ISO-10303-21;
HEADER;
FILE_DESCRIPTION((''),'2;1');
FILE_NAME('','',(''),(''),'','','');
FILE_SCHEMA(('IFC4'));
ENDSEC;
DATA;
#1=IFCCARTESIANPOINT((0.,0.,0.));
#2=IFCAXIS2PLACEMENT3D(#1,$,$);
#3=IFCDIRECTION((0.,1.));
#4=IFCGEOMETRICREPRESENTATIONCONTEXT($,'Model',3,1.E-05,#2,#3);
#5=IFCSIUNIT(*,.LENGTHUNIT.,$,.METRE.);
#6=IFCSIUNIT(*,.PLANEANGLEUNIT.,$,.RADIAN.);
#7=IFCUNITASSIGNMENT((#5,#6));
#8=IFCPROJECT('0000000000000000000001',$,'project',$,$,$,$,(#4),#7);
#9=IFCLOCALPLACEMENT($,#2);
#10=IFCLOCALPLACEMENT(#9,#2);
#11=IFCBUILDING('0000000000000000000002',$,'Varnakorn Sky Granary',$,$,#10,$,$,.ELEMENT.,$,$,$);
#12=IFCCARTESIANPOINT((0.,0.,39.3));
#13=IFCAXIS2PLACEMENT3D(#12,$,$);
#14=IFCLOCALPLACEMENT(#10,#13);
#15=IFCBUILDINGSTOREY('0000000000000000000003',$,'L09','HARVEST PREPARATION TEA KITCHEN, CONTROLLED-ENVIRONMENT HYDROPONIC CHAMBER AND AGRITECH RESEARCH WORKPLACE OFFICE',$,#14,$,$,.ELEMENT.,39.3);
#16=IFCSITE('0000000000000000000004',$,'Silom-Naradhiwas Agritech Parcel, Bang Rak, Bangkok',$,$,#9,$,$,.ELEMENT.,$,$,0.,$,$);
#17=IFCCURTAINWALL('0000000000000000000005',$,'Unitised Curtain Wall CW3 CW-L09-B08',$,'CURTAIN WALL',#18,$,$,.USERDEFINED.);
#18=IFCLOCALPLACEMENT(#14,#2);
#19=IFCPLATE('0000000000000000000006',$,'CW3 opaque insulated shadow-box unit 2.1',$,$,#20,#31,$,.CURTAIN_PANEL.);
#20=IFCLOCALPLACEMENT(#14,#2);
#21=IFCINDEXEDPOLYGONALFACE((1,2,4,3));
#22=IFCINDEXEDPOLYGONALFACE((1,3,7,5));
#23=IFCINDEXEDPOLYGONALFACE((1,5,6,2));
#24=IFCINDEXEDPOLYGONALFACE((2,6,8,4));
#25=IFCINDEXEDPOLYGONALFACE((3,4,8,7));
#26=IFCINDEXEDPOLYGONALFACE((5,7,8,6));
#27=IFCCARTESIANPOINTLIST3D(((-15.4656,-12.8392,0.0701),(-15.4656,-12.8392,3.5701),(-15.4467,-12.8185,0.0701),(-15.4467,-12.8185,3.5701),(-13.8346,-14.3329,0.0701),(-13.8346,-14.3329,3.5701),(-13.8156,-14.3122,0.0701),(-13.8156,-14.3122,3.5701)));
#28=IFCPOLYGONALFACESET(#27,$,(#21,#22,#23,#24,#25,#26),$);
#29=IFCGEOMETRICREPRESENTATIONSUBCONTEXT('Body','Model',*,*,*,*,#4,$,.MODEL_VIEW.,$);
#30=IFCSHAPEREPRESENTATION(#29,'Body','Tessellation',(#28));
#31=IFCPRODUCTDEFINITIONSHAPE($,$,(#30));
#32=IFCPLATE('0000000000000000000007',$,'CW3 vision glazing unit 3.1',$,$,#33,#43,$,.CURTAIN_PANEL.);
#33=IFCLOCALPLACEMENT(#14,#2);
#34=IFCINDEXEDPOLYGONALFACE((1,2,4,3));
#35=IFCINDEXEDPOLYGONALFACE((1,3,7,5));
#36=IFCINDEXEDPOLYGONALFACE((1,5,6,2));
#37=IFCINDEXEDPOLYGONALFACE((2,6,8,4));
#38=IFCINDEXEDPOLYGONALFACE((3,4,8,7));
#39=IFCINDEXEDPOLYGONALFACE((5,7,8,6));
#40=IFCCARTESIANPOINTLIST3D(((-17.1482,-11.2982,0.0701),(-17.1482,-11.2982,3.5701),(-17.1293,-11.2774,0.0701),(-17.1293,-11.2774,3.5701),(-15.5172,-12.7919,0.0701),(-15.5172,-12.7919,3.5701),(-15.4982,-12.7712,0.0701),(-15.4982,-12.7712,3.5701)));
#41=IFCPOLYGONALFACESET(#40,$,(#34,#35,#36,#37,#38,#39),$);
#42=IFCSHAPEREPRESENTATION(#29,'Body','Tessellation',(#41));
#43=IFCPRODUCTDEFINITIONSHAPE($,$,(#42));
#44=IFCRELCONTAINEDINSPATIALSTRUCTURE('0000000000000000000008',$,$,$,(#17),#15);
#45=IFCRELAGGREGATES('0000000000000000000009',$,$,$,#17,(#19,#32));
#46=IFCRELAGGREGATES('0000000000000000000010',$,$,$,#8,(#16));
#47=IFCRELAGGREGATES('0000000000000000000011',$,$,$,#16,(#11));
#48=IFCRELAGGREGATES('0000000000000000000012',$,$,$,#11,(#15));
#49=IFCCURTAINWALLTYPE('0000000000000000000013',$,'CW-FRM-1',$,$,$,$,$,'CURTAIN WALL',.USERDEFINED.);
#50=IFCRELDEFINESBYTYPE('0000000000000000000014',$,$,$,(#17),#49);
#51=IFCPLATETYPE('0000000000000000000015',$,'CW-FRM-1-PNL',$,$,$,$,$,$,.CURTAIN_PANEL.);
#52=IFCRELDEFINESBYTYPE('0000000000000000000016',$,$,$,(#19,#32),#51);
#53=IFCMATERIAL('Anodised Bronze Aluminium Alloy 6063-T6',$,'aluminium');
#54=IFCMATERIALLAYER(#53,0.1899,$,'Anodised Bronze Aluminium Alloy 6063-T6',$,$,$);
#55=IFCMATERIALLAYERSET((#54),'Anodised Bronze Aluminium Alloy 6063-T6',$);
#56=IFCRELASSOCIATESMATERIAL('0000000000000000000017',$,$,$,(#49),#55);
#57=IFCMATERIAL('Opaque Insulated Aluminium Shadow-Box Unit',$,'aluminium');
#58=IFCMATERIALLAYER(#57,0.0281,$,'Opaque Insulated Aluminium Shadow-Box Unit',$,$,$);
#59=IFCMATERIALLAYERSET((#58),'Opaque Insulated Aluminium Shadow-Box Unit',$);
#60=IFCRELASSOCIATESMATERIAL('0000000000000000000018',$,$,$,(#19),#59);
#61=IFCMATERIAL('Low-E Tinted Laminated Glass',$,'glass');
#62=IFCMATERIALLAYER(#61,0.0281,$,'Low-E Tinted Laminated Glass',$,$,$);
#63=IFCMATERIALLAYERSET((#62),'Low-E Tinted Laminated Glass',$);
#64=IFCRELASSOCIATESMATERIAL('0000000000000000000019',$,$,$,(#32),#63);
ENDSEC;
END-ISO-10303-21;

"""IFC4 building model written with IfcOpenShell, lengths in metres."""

from ifc_helpers import new_model, si_unit, direction, frame, origin, origin_2d, place, context, subcontext, project, spatial, rectangle, extrude, source, transform, mapped, material, layer, layer_set, type_object, element, aggregate, save


model = new_model("IFC4")

# Units and contexts
model_context = context("Model", 3, precision=1e-05, world=origin(), true_north=direction((0.0, 1.0)))
body_context = subcontext(model_context, "Body", "Model", "MODEL_VIEW")
ifc_project = project(units=[si_unit("LENGTHUNIT", "METRE"), si_unit("PLANEANGLEUNIT", "RADIAN")], contexts=[model_context])

# Site, building, storey
site_placement = place(None, origin())
site = spatial("IfcSite", under=ifc_project, at=site_placement, Name="Silom-Naradhiwas Agritech Parcel, Bang Rak, Bangkok", CompositionType="ELEMENT", RefElevation=0.0)
building_placement = place(site_placement, origin())
building = spatial("IfcBuilding", under=site, at=building_placement, Name="Varnakorn Sky Granary", CompositionType="ELEMENT")
storey_placement = place(building_placement, frame((0.0, 0.0, 39.3)))
storey = spatial("IfcBuildingStorey", under=building, at=storey_placement, Name="L09", Description="HARVEST PREPARATION TEA KITCHEN, CONTROLLED-ENVIRONMENT HYDROPONIC CHAMBER AND AGRITECH RESEARCH WORKPLACE OFFICE", CompositionType="ELEMENT", Elevation=39.3)

# Shared definitions
ifc_material_1 = material(Name="Anodised Bronze Aluminium Alloy 6063-T6", Category="aluminium")
ifc_layer_1 = layer(ifc_material_1, 0.1899, Name="Anodised Bronze Aluminium Alloy 6063-T6")
ifc_layer_set_1 = layer_set([ifc_layer_1], Name="Anodised Bronze Aluminium Alloy 6063-T6")
curtain_wall_type = type_object("IfcCurtainWallType", Name="CW-FRM-1", ElementType="CURTAIN WALL", PredefinedType="USERDEFINED", material=ifc_layer_set_1)

# Curtain wall
curtain_wall_1_placement = place(storey_placement, origin())
curtain_wall_1 = element("IfcCurtainWall", 1, at=curtain_wall_1_placement, inside=storey, type_object=curtain_wall_type, Name="Unitised Curtain Wall CW3 CW-L09-B08", ObjectType="CURTAIN WALL", PredefinedType="USERDEFINED")

# Plates
ifc_material_2 = material(Name="Low-E Tinted Laminated Glass", Category="glass")
ifc_layer_2 = layer(ifc_material_2, 0.0281, Name="Low-E Tinted Laminated Glass")
ifc_layer_set_2 = layer_set([ifc_layer_2], Name="Low-E Tinted Laminated Glass")
plate_type = type_object("IfcPlateType", Name="CW-FRM-1-PNL", PredefinedType="CURTAIN_PANEL")
ifc_material_3 = material(Name="Opaque Insulated Aluminium Shadow-Box Unit", Category="aluminium")
ifc_layer_3 = layer(ifc_material_3, 0.0281, Name="Opaque Insulated Aluminium Shadow-Box Unit")
ifc_layer_set_3 = layer_set([ifc_layer_3], Name="Opaque Insulated Aluminium Shadow-Box Unit")
shared_shape_1 = source(origin(), body_context, "Body", "SweptSolid", [
    extrude(rectangle(XDim=2.2117, YDim=0.0281, at=origin_2d()), origin(), (0.0, 0.0, 1.0), 3.5),
])
plate_1_placement = place(storey_placement, frame((-14.6406, -13.5757, 0.0701), z_axis=(0.0, 0.0, 1.0), x_axis=(-0.737462, 0.675389, 0.0)))
plate_1 = element("IfcPlate", 2, at=plate_1_placement, type_object=plate_type, material=ifc_layer_set_3, Name="CW3 opaque insulated shadow-box unit 2.1", PredefinedType="CURTAIN_PANEL", context=body_context, shape_type="MappedRepresentation", body=[
    mapped(shared_shape_1, transform((0.0, 0.0, 0.0), x_axis=(1.0, 0.0, 0.0), y_axis=(0.0, 1.0, 0.0), z_axis=(0.0, 0.0, 1.0), scale=1.0)),
])
plate_2_placement = place(storey_placement, frame((-16.3232, -12.0347, 0.0701), z_axis=(0.0, 0.0, 1.0), x_axis=(-0.737462, 0.675389, 0.0)))
plate_2 = element("IfcPlate", 3, at=plate_2_placement, type_object=plate_type, material=ifc_layer_set_2, Name="CW3 vision glazing unit 3.1", PredefinedType="CURTAIN_PANEL", context=body_context, shape_type="MappedRepresentation", body=[
    mapped(shared_shape_1, transform((0.0, 0.0, 0.0), x_axis=(1.0, 0.0, 0.0), y_axis=(0.0, 1.0, 0.0), z_axis=(0.0, 0.0, 1.0), scale=1.0)),
])
aggregate(curtain_wall_1, [plate_1, plate_2])

save(model, "model.ifc")
